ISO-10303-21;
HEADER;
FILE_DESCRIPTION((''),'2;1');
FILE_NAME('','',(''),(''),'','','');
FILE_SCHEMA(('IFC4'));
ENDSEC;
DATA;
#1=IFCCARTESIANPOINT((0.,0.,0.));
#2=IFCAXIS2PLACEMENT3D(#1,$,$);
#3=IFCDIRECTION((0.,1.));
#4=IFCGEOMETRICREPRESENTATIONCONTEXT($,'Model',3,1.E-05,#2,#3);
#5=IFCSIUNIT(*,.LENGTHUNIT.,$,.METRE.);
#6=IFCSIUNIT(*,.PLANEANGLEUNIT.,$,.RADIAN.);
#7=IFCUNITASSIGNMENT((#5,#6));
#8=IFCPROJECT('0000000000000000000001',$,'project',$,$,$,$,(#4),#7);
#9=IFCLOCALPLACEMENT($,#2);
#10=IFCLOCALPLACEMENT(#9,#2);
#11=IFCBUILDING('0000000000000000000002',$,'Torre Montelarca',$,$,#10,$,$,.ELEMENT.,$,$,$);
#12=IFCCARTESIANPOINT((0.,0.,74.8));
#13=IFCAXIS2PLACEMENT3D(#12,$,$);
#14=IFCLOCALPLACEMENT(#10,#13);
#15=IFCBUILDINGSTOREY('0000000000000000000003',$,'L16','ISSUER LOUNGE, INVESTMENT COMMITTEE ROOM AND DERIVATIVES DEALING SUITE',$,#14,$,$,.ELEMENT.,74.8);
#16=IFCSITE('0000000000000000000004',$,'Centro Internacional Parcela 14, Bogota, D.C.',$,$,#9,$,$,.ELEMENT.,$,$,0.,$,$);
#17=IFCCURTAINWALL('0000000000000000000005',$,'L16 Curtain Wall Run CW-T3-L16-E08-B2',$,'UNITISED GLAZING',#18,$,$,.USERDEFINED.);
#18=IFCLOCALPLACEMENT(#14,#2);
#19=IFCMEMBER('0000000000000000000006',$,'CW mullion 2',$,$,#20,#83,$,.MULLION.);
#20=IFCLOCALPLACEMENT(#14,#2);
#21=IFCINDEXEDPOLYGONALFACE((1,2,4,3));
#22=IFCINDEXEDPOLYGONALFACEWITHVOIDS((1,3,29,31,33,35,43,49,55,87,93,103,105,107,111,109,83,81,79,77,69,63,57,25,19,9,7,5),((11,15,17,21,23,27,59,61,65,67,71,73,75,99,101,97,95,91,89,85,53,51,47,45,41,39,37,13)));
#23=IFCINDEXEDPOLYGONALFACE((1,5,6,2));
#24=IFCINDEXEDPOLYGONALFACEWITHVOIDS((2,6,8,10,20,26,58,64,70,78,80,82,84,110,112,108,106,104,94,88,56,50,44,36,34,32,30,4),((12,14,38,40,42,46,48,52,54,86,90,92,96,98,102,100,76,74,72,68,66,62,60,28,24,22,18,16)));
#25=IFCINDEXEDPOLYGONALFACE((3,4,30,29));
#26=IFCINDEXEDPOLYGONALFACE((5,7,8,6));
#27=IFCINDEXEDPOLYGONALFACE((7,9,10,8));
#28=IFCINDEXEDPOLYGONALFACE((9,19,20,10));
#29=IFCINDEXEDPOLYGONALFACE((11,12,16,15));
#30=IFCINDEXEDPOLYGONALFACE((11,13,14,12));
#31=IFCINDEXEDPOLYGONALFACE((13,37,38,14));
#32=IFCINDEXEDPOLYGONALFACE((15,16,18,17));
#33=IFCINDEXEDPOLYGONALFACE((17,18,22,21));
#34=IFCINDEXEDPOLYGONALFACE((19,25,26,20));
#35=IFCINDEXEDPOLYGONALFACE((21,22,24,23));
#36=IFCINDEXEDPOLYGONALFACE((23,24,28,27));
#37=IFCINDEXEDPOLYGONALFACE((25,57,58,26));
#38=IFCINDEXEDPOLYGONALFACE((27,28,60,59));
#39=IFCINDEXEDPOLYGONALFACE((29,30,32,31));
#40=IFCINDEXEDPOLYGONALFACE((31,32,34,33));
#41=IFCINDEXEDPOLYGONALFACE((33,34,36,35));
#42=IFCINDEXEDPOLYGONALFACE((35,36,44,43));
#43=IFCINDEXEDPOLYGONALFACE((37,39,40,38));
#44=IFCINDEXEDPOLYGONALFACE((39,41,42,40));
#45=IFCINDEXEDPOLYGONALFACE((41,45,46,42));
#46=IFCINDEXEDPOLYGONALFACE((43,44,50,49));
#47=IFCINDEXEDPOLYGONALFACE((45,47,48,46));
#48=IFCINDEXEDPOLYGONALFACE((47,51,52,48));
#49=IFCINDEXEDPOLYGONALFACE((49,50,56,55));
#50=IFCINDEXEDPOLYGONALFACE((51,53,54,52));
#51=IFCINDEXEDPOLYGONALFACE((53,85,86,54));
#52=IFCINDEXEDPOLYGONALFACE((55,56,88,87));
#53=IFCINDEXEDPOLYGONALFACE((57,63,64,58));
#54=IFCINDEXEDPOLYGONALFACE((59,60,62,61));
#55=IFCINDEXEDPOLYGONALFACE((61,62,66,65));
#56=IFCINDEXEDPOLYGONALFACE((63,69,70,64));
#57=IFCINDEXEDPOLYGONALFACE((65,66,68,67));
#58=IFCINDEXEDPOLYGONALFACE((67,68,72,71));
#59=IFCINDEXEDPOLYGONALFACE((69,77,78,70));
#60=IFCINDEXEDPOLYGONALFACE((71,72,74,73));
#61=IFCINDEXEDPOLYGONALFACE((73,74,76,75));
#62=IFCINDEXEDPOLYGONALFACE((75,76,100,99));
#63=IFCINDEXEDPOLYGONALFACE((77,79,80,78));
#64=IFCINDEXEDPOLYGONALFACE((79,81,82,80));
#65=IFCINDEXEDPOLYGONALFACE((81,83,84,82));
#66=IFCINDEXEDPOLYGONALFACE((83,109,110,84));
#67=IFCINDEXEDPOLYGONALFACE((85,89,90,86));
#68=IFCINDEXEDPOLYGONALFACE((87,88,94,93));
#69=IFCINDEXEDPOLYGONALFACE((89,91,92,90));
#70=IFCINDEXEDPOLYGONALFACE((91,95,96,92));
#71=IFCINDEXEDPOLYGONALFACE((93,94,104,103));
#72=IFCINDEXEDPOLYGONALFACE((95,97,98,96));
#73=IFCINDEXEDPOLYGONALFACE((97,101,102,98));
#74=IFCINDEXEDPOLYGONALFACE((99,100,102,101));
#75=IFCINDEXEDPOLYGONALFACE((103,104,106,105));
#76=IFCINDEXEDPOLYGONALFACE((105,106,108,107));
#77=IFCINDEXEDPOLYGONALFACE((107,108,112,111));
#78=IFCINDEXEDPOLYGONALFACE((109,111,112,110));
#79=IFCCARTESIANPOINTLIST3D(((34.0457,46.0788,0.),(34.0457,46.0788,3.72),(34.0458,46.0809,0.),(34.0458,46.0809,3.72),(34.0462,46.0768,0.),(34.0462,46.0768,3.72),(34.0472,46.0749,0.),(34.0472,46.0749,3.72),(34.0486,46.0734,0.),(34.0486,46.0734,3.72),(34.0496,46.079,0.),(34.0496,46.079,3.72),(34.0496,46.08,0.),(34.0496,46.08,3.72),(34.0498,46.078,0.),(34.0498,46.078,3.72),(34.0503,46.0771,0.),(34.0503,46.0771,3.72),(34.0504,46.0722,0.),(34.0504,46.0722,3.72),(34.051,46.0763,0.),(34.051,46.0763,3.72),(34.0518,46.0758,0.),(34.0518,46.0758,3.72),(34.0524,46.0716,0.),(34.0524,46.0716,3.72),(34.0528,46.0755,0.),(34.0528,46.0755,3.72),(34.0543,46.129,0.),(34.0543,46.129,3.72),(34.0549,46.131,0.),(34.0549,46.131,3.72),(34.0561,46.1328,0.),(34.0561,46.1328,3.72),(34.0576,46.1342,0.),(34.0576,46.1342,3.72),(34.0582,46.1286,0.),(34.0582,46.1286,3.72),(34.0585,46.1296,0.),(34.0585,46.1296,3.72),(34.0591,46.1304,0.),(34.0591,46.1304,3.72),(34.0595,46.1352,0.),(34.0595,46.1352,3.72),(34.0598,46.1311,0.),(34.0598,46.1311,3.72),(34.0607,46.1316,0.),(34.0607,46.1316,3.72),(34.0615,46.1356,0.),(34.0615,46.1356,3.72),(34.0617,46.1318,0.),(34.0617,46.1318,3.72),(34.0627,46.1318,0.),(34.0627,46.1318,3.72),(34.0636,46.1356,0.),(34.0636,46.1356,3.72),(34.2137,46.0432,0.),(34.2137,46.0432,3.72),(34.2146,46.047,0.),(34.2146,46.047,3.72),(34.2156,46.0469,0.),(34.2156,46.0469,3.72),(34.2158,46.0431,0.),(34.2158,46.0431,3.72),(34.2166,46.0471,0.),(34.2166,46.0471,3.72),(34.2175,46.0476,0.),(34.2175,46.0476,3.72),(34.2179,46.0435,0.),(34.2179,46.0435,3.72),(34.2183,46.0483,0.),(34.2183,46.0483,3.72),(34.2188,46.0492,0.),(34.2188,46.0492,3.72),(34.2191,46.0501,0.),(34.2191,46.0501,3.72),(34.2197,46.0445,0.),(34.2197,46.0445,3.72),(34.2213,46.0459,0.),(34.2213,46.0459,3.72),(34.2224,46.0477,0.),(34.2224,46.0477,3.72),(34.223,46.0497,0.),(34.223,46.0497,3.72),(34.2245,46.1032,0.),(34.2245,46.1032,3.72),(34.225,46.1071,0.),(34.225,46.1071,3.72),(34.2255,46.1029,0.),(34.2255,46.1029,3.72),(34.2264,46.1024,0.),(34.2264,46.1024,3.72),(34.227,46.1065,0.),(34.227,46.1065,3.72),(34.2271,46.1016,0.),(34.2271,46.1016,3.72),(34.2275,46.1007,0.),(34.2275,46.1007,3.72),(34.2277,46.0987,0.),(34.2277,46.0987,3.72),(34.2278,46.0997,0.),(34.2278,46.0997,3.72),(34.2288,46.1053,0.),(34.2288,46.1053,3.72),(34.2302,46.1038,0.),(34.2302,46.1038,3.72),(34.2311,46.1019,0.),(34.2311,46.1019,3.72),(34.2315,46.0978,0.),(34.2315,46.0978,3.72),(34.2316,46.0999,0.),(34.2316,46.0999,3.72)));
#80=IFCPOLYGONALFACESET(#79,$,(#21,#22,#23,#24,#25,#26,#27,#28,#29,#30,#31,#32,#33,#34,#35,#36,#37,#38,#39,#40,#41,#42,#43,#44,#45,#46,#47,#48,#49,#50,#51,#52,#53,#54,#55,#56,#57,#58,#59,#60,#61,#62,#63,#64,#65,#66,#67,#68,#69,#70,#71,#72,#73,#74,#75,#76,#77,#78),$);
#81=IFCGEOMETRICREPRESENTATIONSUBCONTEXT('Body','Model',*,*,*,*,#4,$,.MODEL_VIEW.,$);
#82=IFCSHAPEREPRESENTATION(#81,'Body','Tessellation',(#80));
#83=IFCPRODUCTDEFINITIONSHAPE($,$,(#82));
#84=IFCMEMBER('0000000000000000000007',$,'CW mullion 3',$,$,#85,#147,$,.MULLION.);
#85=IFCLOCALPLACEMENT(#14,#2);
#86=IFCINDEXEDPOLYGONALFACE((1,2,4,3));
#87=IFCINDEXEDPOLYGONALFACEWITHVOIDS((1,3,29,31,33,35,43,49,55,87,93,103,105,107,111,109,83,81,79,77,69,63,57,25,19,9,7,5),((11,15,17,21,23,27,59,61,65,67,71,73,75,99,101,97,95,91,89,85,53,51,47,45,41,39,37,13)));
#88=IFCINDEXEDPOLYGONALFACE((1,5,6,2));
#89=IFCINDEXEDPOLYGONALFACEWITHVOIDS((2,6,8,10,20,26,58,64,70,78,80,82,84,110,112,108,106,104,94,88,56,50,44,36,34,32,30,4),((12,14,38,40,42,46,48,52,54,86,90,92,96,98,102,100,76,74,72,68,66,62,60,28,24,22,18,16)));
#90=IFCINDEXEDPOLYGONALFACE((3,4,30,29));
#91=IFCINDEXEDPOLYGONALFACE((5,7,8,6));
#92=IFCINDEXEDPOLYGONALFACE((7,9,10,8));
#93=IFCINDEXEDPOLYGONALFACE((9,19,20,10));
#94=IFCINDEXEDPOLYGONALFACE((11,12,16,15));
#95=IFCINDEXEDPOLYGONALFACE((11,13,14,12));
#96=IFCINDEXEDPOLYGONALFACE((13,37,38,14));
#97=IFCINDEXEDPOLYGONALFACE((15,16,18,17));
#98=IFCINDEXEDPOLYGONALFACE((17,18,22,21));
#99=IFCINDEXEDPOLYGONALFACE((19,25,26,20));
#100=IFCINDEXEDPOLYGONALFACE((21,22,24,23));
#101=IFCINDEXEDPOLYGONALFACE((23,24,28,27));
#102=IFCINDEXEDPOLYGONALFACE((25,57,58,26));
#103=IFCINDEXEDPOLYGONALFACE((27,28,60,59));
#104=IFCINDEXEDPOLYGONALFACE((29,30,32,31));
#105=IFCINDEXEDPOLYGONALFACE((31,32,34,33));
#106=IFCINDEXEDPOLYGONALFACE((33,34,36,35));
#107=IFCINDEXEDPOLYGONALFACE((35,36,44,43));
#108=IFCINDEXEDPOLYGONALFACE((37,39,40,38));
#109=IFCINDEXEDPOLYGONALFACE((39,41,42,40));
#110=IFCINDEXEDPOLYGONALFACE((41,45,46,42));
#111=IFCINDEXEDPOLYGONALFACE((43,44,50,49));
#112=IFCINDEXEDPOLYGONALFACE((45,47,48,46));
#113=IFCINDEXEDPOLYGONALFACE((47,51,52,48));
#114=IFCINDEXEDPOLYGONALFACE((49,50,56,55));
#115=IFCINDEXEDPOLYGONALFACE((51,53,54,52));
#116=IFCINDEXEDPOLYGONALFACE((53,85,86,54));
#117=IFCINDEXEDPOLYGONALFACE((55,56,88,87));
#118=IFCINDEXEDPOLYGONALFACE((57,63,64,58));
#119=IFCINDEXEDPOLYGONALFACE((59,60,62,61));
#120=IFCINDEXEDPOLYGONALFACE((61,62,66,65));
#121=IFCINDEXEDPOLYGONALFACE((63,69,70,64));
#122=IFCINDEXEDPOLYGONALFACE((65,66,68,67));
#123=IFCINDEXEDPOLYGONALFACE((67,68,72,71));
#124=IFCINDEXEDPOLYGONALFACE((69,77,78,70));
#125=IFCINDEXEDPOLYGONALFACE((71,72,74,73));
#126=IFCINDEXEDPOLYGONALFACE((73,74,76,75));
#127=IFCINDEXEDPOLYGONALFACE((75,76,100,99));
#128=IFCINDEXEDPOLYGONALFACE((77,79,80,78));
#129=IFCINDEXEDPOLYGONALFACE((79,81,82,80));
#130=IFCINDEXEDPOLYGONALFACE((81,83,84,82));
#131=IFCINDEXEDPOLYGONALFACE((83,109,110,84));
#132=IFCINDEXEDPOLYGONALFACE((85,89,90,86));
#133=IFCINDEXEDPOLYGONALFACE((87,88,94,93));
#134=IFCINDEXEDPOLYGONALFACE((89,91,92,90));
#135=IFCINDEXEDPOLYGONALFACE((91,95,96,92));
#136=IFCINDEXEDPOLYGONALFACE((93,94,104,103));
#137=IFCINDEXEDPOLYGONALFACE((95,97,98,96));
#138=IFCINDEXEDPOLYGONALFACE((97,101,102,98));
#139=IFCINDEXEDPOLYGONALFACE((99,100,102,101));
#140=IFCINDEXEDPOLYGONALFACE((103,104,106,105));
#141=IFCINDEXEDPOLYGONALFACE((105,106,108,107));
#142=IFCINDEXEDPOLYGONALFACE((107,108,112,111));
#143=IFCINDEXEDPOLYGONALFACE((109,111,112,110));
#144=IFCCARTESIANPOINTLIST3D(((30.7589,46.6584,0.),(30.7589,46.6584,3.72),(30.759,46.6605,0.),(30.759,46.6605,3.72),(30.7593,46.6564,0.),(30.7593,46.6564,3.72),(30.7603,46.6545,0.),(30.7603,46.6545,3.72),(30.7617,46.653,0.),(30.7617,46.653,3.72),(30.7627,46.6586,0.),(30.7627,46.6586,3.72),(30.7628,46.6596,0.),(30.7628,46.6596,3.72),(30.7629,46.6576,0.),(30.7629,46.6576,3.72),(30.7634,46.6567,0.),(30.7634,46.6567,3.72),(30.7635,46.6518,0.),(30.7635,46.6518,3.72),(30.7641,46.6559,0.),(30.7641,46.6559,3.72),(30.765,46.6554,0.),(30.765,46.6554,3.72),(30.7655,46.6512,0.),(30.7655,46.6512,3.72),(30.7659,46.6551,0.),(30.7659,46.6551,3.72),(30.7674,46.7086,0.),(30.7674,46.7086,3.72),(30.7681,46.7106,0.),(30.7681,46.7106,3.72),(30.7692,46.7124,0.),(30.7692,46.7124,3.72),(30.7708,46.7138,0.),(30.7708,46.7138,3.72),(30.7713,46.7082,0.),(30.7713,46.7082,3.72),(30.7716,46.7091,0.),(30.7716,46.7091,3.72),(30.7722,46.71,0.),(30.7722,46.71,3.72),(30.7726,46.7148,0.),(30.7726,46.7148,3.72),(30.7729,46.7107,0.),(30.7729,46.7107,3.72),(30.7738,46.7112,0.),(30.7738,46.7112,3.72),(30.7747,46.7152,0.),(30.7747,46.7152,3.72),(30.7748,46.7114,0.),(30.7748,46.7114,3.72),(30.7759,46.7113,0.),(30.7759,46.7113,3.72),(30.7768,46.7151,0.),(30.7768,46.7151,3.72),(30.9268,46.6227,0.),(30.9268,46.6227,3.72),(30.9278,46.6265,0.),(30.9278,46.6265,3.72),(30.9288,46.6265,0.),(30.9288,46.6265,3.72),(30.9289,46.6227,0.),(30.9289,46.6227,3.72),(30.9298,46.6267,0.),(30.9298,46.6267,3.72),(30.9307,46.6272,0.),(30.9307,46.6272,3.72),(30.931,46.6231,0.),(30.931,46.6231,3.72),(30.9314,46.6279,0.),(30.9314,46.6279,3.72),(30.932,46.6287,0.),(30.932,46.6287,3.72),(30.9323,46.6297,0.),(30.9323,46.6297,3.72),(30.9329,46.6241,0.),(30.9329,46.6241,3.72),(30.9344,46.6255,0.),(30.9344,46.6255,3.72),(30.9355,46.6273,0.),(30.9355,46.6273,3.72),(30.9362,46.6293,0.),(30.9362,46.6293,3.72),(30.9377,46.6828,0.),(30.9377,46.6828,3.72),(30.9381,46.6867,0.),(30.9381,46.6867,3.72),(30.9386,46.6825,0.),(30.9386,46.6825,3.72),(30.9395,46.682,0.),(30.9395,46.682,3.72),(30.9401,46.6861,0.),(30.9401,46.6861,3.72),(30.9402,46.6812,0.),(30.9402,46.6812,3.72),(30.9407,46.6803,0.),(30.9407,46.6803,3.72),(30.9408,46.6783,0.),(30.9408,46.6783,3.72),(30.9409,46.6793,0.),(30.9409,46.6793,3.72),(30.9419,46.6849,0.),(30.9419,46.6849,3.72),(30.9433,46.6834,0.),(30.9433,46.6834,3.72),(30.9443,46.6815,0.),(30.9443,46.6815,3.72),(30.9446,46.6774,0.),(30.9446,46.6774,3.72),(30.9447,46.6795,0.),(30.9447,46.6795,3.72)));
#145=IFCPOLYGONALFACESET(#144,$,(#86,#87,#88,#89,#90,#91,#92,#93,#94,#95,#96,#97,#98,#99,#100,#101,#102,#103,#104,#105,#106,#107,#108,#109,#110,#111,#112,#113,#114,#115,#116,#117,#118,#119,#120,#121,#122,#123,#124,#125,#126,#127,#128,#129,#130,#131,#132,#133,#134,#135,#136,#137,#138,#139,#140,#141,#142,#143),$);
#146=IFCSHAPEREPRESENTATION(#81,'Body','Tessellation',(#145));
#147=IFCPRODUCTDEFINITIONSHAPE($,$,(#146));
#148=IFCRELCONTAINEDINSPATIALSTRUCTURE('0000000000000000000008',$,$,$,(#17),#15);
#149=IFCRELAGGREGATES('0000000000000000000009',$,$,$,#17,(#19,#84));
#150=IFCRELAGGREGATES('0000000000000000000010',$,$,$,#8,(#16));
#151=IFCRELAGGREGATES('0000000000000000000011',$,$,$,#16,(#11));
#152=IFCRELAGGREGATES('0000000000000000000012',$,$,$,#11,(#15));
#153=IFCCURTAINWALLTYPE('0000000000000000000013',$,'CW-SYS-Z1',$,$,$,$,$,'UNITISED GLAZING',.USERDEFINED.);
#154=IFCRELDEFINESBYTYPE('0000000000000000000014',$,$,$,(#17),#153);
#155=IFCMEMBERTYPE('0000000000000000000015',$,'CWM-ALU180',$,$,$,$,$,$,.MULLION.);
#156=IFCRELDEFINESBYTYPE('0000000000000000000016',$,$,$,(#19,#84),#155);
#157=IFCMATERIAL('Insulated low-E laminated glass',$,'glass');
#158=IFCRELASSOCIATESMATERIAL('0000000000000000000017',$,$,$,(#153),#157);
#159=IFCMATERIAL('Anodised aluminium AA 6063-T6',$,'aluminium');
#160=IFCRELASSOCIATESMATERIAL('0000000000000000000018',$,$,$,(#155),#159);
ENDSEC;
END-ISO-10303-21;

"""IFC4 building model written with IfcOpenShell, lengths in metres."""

from ifc_helpers import new_model, si_unit, direction, frame, origin, origin_2d, place, context, subcontext, project, spatial, hollow_rectangle, extrude, source, transform, mapped, material, material_profile, profile_set, type_object, element, aggregate, save


model = new_model("IFC4")

# Units and contexts
model_context = context("Model", 3, precision=1e-05, world=origin(), true_north=direction((0.0, 1.0)))
body_context = subcontext(model_context, "Body", "Model", "MODEL_VIEW")
ifc_project = project(units=[si_unit("LENGTHUNIT", "METRE"), si_unit("PLANEANGLEUNIT", "RADIAN")], contexts=[model_context])

# Site, building, storey
site_placement = place(None, origin())
site = spatial("IfcSite", under=ifc_project, at=site_placement, Name="Centro Internacional Parcela 14, Bogota, D.C.", CompositionType="ELEMENT", RefElevation=0.0)
building_placement = place(site_placement, origin())
building = spatial("IfcBuilding", under=site, at=building_placement, Name="Torre Montelarca", CompositionType="ELEMENT")
storey_placement = place(building_placement, frame((0.0, 0.0, 74.8)))
storey = spatial("IfcBuildingStorey", under=building, at=storey_placement, Name="L16", Description="ISSUER LOUNGE, INVESTMENT COMMITTEE ROOM AND DERIVATIVES DEALING SUITE", CompositionType="ELEMENT", Elevation=74.8)

# Curtain wall
ifc_material_1 = material(Name="Insulated low-E laminated glass", Category="glass")
curtain_wall_type = type_object("IfcCurtainWallType", Name="CW-SYS-Z1", ElementType="UNITISED GLAZING", PredefinedType="USERDEFINED", material=ifc_material_1)
curtain_wall_1_placement = place(storey_placement, origin())
curtain_wall_1 = element("IfcCurtainWall", 1, at=curtain_wall_1_placement, inside=storey, type_object=curtain_wall_type, Name="L16 Curtain Wall Run CW-T3-L16-E08-B2", ObjectType="UNITISED GLAZING", PredefinedType="USERDEFINED")
ifc_material_2 = material(Name="Anodised aluminium AA 6063-T6", Category="aluminium")

# Members
ifc_material_profile_1 = material_profile(ifc_material_2, hollow_rectangle(XDim=0.0649, YDim=0.1799, WallThickness=0.0039, InnerFilletRadius=0.0039, OuterFilletRadius=0.0081, at=origin_2d()), Name="ALU65X180X4", Category="aluminium")
ifc_profile_set_1 = profile_set([ifc_material_profile_1], Name="Anodised aluminium AA 6063-T6")
member_type_1 = type_object("IfcMemberType", Name="CWM-ALU180", PredefinedType="MULLION", material=ifc_profile_set_1)
shared_shape_1 = source(origin(), body_context, "Body", "SweptSolid", [
    extrude(hollow_rectangle(XDim=0.0649, YDim=0.1799, WallThickness=0.0039, InnerFilletRadius=0.0039, OuterFilletRadius=0.0081, at=origin_2d()), origin(), (0.0, 0.0, 1.0), 3.72),
])
member_1_placement = place(storey_placement, frame((34.1387, 46.0894, 0.0), z_axis=(0.0, 0.0, 1.0), x_axis=(-0.17365, -0.984807, 0.0)))
member_1 = element("IfcMember", 2, at=member_1_placement, type_object=member_type_1, Name="CW mullion 2", PredefinedType="MULLION", context=body_context, shape_type="MappedRepresentation", body=[
    mapped(shared_shape_1, transform((0.0, 0.0, 0.0), scale=1.0)),
])
member_2_placement = place(storey_placement, frame((30.8518, 46.6689, 0.0), z_axis=(0.0, 0.0, 1.0), x_axis=(-0.17365, -0.984807, 0.0)))
member_2 = element("IfcMember", 3, at=member_2_placement, type_object=member_type_1, Name="CW mullion 3", PredefinedType="MULLION", context=body_context, shape_type="MappedRepresentation", body=[
    mapped(shared_shape_1, transform((0.0, 0.0, 0.0), scale=1.0)),
])

aggregate(curtain_wall_1, [member_1, member_2])

save(model, "model.ifc")
